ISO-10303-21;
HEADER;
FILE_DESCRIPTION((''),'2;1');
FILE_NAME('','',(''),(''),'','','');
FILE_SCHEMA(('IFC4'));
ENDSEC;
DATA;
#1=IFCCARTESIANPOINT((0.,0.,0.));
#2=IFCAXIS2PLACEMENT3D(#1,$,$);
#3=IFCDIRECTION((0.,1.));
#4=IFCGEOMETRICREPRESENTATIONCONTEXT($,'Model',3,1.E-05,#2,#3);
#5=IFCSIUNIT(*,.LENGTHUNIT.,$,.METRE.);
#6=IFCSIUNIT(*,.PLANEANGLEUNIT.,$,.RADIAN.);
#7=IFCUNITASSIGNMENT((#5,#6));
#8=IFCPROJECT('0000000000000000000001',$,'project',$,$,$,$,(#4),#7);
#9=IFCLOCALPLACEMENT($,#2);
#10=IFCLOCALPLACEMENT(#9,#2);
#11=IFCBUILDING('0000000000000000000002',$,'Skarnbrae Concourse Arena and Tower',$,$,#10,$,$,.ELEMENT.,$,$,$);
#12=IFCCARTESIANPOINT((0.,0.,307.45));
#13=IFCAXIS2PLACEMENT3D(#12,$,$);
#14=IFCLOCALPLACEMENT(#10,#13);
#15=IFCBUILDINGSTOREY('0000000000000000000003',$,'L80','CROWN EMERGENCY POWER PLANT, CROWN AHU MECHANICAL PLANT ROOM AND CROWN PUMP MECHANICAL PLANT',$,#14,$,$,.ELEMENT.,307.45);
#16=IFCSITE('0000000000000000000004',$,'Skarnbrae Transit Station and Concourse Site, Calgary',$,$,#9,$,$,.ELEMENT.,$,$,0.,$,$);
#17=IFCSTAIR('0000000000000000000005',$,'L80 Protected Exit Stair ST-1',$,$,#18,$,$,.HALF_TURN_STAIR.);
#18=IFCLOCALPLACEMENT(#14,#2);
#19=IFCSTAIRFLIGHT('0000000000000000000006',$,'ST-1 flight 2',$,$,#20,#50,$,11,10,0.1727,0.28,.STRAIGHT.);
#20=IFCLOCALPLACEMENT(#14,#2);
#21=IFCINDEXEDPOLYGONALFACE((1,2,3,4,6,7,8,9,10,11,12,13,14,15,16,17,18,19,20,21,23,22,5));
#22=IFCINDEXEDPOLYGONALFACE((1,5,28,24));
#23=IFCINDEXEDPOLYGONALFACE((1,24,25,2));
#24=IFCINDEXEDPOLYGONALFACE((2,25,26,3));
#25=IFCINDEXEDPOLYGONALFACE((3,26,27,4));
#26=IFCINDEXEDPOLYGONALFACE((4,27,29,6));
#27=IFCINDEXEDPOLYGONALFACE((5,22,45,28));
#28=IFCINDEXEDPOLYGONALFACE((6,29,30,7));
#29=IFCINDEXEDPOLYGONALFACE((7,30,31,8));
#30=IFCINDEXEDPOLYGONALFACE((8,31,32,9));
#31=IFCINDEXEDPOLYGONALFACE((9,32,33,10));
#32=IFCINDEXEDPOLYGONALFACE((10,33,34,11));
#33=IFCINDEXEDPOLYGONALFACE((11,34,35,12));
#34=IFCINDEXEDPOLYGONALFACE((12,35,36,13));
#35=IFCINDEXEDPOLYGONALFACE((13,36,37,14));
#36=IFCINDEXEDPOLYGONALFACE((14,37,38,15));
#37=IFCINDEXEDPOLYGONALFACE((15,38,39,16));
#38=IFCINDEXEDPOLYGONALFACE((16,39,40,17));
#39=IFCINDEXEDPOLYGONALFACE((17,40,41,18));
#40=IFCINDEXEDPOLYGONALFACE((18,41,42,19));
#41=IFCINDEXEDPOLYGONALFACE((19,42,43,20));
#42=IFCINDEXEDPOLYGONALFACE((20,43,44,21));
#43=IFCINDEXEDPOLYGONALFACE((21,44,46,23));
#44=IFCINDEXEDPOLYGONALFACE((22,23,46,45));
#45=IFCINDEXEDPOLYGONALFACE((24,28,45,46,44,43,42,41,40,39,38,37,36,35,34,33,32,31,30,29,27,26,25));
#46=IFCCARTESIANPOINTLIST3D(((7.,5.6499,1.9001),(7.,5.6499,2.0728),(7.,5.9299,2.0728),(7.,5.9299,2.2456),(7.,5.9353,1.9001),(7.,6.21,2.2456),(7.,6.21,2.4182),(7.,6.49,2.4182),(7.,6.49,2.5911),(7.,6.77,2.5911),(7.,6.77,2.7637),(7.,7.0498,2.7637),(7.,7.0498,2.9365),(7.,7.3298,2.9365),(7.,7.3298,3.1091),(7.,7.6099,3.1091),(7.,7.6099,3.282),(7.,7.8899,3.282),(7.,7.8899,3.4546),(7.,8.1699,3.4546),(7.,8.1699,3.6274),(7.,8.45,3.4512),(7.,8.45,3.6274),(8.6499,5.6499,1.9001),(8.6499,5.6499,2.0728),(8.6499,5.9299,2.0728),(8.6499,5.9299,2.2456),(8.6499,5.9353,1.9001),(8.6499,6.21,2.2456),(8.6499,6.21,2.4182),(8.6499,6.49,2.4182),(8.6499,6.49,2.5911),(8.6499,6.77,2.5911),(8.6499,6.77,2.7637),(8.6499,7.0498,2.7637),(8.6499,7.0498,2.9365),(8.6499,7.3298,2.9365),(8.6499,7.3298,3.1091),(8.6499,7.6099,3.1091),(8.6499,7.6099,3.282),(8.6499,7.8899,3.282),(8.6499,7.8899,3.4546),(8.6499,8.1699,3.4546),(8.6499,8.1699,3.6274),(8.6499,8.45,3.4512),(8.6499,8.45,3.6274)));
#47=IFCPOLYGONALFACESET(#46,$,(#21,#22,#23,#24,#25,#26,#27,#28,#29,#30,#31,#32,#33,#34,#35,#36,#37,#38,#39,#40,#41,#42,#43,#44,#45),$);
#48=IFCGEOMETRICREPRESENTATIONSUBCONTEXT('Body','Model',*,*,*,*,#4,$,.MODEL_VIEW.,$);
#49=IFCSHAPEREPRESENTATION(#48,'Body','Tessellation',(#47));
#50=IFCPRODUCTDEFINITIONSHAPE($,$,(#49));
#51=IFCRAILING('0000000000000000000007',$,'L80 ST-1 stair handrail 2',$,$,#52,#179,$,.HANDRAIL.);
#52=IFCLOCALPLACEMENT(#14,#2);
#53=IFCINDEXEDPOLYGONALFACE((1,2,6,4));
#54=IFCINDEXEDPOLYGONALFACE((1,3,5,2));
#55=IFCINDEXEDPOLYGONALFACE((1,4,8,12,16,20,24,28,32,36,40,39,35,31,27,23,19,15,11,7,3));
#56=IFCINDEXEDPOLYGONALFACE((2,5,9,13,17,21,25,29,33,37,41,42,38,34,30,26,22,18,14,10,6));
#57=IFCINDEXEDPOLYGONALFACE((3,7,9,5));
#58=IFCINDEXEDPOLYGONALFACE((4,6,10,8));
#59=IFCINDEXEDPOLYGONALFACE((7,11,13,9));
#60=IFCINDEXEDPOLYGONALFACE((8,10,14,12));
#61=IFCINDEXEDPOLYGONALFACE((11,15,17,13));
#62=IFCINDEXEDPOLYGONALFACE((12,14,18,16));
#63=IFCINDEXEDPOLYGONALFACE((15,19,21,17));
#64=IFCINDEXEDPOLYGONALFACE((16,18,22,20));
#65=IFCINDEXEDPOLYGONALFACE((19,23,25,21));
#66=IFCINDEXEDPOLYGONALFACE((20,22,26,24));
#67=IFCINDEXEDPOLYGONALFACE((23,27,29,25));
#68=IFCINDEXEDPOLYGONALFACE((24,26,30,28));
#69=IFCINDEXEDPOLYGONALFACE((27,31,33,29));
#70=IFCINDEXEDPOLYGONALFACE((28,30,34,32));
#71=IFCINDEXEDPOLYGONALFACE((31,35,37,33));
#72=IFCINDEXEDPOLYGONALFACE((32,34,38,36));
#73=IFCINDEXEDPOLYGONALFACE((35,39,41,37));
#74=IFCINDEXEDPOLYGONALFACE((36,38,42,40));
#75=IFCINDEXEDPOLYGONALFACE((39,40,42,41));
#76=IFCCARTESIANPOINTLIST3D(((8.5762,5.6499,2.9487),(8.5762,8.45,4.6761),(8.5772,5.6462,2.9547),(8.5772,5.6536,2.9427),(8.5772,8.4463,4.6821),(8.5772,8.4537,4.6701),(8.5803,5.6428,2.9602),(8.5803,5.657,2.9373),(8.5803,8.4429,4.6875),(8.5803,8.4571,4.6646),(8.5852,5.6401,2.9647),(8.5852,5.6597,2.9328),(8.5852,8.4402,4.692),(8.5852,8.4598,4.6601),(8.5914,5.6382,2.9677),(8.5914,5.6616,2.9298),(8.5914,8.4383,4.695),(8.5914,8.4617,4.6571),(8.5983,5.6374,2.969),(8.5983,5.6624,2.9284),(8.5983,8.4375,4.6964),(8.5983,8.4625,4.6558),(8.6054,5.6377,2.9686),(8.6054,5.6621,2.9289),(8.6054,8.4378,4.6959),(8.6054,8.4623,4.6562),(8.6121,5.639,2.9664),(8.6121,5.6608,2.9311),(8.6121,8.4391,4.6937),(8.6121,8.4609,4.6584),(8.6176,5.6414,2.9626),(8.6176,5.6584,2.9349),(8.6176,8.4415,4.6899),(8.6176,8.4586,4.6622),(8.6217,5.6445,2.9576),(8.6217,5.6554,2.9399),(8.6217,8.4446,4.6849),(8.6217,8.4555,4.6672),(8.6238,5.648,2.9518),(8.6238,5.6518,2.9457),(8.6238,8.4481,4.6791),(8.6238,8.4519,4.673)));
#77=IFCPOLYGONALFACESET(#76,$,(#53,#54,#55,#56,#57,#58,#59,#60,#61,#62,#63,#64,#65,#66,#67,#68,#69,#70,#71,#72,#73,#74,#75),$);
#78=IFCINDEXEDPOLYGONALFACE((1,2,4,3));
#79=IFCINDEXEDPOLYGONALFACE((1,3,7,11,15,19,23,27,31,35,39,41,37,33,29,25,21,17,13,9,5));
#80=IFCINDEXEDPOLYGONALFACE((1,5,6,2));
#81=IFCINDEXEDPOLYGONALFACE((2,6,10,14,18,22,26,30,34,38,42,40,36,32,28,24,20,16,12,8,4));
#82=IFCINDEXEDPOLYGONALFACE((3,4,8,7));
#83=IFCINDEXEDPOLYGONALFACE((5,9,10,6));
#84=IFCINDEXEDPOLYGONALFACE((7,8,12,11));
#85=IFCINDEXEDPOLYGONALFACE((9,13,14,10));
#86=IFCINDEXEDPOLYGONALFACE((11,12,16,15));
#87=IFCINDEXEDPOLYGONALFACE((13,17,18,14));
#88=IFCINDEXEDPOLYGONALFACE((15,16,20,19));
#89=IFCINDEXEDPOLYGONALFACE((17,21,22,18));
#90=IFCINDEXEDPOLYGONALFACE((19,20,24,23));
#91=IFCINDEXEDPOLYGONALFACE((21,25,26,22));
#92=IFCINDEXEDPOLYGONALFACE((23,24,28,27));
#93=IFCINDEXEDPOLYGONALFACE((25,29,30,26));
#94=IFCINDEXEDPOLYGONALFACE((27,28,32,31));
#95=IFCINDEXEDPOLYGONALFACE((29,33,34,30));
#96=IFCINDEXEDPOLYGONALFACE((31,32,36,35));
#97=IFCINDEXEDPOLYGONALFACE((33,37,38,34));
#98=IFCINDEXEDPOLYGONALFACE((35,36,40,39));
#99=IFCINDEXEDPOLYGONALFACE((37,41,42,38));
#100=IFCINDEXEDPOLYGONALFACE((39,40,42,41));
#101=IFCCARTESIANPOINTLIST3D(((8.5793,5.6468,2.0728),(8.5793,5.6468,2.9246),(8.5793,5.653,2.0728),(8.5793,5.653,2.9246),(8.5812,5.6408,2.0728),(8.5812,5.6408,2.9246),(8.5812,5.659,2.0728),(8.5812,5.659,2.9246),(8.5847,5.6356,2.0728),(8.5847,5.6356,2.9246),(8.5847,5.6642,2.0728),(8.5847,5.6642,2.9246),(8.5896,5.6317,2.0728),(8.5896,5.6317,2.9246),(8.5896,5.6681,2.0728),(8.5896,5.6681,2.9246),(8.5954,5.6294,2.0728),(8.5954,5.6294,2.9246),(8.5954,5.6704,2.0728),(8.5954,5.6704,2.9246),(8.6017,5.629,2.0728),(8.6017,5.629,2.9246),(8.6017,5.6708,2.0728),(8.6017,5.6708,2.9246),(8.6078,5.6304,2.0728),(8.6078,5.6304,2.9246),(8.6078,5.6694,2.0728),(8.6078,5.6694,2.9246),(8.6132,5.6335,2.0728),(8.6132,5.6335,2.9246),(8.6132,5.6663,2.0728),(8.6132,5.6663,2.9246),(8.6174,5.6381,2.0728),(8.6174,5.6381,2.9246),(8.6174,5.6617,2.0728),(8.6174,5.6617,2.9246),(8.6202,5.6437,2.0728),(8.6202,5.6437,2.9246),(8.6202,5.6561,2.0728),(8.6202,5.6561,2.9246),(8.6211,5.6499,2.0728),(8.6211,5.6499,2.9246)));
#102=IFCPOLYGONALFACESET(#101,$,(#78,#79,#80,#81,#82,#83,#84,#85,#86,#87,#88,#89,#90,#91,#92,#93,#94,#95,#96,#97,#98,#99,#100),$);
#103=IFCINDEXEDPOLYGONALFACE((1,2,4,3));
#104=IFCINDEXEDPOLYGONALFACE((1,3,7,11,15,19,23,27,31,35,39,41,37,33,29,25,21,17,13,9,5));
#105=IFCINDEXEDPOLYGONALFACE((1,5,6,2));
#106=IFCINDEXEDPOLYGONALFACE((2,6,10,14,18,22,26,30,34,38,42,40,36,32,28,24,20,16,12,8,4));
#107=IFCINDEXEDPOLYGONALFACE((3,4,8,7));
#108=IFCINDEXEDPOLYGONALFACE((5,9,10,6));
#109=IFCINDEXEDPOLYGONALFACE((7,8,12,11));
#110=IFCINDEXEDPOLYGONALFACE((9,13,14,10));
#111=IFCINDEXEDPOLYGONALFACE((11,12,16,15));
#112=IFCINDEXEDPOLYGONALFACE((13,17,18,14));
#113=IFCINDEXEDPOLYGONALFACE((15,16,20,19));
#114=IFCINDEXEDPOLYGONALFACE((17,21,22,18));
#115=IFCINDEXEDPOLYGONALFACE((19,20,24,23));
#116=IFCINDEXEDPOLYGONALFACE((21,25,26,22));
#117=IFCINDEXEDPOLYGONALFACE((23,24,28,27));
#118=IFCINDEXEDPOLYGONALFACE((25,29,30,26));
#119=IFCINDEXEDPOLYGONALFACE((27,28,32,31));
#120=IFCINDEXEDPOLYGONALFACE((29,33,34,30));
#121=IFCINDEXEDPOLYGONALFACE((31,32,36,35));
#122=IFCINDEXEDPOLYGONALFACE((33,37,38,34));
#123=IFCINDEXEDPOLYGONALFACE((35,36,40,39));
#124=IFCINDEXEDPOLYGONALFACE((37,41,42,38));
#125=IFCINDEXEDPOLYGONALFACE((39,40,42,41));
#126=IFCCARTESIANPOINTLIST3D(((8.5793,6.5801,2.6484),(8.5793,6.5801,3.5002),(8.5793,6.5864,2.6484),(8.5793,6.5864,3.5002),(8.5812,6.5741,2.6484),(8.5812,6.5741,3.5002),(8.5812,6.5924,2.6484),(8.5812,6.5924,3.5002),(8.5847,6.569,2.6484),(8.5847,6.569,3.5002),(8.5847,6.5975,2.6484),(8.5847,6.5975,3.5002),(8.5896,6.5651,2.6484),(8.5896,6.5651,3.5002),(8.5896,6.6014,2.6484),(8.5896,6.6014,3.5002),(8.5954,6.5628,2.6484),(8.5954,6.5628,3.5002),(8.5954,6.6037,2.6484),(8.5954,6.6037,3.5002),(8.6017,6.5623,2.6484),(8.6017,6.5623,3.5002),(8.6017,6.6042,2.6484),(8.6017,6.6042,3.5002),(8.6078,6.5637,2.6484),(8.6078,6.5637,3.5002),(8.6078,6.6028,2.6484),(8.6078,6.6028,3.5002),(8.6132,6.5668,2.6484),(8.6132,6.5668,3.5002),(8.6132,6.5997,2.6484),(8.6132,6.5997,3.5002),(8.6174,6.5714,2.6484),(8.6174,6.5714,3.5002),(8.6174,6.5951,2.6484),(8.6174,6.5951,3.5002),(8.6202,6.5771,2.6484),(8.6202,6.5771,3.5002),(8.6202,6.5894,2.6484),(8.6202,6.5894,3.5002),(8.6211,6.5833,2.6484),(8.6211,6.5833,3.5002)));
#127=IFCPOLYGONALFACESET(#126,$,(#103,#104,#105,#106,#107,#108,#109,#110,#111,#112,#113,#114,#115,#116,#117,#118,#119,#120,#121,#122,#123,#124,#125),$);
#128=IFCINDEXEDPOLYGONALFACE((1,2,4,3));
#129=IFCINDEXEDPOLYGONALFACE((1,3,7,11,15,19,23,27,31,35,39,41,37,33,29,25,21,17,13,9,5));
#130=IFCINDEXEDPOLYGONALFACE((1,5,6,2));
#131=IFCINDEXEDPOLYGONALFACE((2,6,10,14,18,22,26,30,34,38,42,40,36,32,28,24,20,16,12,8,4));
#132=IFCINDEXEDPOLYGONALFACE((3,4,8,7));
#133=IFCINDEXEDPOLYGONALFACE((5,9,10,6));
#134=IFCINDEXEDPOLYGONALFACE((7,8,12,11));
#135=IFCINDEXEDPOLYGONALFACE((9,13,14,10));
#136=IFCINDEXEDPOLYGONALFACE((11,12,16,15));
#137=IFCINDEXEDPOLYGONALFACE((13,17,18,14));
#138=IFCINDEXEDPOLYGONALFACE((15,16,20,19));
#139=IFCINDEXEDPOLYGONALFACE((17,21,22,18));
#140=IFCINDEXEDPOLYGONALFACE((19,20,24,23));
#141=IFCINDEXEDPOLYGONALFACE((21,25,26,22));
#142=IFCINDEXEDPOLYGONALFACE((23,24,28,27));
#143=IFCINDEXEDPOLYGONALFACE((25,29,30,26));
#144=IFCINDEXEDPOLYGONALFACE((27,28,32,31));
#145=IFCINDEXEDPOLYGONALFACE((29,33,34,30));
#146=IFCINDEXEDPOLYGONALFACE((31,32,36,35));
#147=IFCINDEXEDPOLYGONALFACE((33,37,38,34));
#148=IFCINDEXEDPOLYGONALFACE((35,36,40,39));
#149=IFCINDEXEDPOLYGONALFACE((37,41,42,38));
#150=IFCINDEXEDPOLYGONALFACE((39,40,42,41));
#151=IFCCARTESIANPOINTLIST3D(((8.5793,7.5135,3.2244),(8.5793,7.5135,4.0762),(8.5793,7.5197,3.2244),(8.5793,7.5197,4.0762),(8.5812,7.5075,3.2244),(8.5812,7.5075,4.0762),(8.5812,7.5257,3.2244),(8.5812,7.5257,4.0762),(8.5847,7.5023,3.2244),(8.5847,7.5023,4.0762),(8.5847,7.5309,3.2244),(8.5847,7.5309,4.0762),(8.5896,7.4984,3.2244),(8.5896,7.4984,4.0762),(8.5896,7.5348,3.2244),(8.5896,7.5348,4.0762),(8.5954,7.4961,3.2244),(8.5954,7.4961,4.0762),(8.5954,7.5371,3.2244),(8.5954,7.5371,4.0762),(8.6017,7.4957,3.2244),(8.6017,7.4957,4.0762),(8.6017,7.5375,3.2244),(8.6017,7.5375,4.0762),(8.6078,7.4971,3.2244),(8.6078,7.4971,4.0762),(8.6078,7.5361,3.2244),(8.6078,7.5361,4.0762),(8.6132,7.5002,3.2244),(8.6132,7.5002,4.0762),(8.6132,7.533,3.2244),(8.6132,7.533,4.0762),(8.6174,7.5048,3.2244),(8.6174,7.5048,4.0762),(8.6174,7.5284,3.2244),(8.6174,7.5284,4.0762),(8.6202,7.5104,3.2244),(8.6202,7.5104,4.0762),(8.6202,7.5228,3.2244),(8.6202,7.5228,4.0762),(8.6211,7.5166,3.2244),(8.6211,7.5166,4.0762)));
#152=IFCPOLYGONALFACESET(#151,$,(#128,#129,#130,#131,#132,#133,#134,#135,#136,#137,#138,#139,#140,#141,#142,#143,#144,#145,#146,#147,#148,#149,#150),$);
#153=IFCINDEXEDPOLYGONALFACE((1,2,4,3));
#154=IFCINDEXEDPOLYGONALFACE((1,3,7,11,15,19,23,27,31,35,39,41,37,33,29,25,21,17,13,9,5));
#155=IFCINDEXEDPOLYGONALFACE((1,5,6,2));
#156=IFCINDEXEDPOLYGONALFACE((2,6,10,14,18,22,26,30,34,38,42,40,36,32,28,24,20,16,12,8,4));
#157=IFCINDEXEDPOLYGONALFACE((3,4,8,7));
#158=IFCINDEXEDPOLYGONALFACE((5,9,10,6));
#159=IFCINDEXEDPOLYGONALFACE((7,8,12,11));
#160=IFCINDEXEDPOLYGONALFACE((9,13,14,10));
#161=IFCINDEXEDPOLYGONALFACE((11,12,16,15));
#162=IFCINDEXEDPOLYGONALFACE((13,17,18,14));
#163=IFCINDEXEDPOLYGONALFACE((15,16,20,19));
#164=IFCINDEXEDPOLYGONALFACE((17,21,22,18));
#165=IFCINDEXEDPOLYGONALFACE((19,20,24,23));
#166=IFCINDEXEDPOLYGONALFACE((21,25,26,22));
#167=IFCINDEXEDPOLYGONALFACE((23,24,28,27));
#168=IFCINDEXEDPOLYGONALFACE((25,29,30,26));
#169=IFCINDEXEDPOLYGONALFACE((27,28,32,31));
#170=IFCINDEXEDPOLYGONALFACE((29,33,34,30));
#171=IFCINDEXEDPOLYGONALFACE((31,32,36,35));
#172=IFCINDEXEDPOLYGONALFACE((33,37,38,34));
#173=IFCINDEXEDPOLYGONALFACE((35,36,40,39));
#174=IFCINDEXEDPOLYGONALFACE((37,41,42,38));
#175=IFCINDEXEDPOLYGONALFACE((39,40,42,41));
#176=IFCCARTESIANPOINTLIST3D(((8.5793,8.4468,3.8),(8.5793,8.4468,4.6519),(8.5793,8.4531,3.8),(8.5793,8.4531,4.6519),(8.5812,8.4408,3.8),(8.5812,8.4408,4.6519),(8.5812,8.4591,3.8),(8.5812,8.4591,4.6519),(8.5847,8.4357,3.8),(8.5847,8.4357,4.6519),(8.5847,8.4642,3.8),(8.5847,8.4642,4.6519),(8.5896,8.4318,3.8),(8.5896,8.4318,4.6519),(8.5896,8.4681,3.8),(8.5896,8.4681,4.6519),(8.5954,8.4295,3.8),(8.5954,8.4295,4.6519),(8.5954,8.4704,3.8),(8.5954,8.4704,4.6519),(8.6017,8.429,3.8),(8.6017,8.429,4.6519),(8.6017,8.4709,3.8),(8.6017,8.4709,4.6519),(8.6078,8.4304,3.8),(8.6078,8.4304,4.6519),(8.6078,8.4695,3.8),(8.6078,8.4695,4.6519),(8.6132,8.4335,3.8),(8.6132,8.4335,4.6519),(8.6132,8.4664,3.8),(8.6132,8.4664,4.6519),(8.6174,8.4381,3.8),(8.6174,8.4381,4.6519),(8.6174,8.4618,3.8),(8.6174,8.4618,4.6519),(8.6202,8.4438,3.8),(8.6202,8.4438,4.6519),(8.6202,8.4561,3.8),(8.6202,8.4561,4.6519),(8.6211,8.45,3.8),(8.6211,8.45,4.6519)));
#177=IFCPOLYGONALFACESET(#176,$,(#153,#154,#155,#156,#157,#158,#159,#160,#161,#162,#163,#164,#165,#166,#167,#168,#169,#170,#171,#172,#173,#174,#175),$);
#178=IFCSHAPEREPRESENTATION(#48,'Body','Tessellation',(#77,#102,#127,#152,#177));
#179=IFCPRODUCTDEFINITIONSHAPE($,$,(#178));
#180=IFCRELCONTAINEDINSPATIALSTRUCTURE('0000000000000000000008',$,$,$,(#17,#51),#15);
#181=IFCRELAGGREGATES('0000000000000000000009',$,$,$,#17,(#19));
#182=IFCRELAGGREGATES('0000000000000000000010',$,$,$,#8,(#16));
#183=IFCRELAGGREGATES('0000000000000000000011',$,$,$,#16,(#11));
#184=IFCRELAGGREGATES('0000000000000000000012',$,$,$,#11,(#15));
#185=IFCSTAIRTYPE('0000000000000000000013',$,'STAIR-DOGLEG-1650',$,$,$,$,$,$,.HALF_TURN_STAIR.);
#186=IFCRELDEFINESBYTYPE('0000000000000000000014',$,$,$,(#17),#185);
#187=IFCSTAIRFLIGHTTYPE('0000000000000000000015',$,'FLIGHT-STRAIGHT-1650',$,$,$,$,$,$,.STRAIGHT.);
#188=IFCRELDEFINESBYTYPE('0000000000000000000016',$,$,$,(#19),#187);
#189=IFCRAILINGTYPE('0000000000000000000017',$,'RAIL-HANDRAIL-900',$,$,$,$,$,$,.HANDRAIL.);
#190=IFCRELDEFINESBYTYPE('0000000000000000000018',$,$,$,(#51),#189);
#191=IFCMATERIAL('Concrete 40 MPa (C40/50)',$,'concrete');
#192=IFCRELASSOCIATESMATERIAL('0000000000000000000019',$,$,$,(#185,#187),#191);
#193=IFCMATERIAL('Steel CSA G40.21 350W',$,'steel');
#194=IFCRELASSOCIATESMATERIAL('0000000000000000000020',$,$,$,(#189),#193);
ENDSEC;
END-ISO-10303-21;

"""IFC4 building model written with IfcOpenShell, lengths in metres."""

from ifc_helpers import new_model, si_unit, direction, frame, origin, origin_2d, place, context, subcontext, project, spatial, polyline, circle, outline, extrude, source, transform, mapped, material, type_object, element, aggregate, save


model = new_model("IFC4")

# Units and contexts
model_context = context("Model", 3, precision=1e-05, world=origin(), true_north=direction((0.0, 1.0)))
body_context = subcontext(model_context, "Body", "Model", "MODEL_VIEW")
ifc_project = project(units=[si_unit("LENGTHUNIT", "METRE"), si_unit("PLANEANGLEUNIT", "RADIAN")], contexts=[model_context])

# Site, building, storey
site_placement = place(None, origin())
site = spatial("IfcSite", under=ifc_project, at=site_placement, Name="Skarnbrae Transit Station and Concourse Site, Calgary", CompositionType="ELEMENT", RefElevation=0.0)
building_placement = place(site_placement, origin())
building = spatial("IfcBuilding", under=site, at=building_placement, Name="Skarnbrae Concourse Arena and Tower", CompositionType="ELEMENT")
storey_placement = place(building_placement, frame((0.0, 0.0, 307.45)))
storey = spatial("IfcBuildingStorey", under=building, at=storey_placement, Name="L80", Description="CROWN EMERGENCY POWER PLANT, CROWN AHU MECHANICAL PLANT ROOM AND CROWN PUMP MECHANICAL PLANT", CompositionType="ELEMENT", Elevation=307.45)

# Shared definitions
ifc_material_1 = material(Name="Steel CSA G40.21 350W", Category="steel")

# Stair, stair flight
ifc_material_2 = material(Name="Concrete 40 MPa (C40/50)", Category="concrete")
stair_type = type_object("IfcStairType", Name="STAIR-DOGLEG-1650", PredefinedType="HALF_TURN_STAIR", material=ifc_material_2)
stair_placement = place(storey_placement, origin())
stair = element("IfcStair", 1, at=stair_placement, inside=storey, type_object=stair_type, Name="L80 Protected Exit Stair ST-1", PredefinedType="HALF_TURN_STAIR")
stair_flight_type = type_object("IfcStairFlightType", Name="FLIGHT-STRAIGHT-1650", PredefinedType="STRAIGHT", material=ifc_material_2)
shared_shape_1 = source(origin(), body_context, "Body", "SweptSolid", [
    extrude(outline(polyline([(0.0, 0.0), (0.0, 0.1726), (0.28, 0.1726), (0.28, 0.3455), (0.5601, 0.3455), (0.5601, 0.5181), (0.8401, 0.5181), (0.8401, 0.6909), (1.1201, 0.6909), (1.1201, 0.8635), (1.3999, 0.8635), (1.3999, 1.0364), (1.6799, 1.0364), (1.6799, 1.209), (1.96, 1.209), (1.96, 1.3818), (2.24, 1.3818), (2.24, 1.5544), (2.52, 1.5544), (2.52, 1.7273), (2.8, 1.7273), (2.8, 1.8999), (2.8, 1.551), (0.2854, 0.0), (0.0, 0.0)])), frame((0.0, 0.825, 0.0), z_axis=(0.0, -1.0, 0.0), x_axis=(1.0, 0.0, 0.0)), (0.0, 0.0, 1.0), 1.6499),
])
stair_flight_placement = place(storey_placement, frame((7.825, 5.6499, 1.9001), z_axis=(0.0, 0.0, 1.0), x_axis=(0.0, 1.0, 0.0)))
stair_flight = element("IfcStairFlight", 2, at=stair_flight_placement, type_object=stair_flight_type, Name="ST-1 flight 2", NumberOfRisers=11, NumberOfTreads=10, PredefinedType="STRAIGHT", RiserHeight=0.1727, TreadLength=0.28, context=body_context, shape_type="MappedRepresentation", body=[
    mapped(shared_shape_1, transform((0.0, 0.0, 0.0))),
])
aggregate(stair, [stair_flight])

# Railing
railing_type_1 = type_object("IfcRailingType", Name="RAIL-HANDRAIL-900", PredefinedType="HANDRAIL", material=ifc_material_1)
railing_1_placement = place(storey_placement, frame((8.6001, 5.6499, 2.0728)))
element("IfcRailing", 3, at=railing_1_placement, inside=storey, type_object=railing_type_1, Name="L80 ST-1 stair handrail 2", PredefinedType="HANDRAIL", context=body_context, shape_type="SweptSolid", body=[
    extrude(circle(Radius=0.0239, at=origin_2d()), frame((0.0, 0.0, 0.876), z_axis=(0.0, 0.85109, 0.52502), x_axis=(-1.0, 0.0, 0.0)), (0.0, 0.0, 1.0), 3.29),
    extrude(circle(Radius=0.021, at=origin_2d()), origin(), (0.0, 0.0, 1.0), 0.8518),
    extrude(circle(Radius=0.021, at=origin_2d()), frame((0.0, 0.9333, 0.5757)), (0.0, 0.0, 1.0), 0.8518),
    extrude(circle(Radius=0.021, at=origin_2d()), frame((0.0, 1.8667, 1.1516)), (0.0, 0.0, 1.0), 0.8518),
    extrude(circle(Radius=0.021, at=origin_2d()), frame((0.0, 2.8, 1.7273)), (0.0, 0.0, 1.0), 0.8518),
])

save(model, "model.ifc")
